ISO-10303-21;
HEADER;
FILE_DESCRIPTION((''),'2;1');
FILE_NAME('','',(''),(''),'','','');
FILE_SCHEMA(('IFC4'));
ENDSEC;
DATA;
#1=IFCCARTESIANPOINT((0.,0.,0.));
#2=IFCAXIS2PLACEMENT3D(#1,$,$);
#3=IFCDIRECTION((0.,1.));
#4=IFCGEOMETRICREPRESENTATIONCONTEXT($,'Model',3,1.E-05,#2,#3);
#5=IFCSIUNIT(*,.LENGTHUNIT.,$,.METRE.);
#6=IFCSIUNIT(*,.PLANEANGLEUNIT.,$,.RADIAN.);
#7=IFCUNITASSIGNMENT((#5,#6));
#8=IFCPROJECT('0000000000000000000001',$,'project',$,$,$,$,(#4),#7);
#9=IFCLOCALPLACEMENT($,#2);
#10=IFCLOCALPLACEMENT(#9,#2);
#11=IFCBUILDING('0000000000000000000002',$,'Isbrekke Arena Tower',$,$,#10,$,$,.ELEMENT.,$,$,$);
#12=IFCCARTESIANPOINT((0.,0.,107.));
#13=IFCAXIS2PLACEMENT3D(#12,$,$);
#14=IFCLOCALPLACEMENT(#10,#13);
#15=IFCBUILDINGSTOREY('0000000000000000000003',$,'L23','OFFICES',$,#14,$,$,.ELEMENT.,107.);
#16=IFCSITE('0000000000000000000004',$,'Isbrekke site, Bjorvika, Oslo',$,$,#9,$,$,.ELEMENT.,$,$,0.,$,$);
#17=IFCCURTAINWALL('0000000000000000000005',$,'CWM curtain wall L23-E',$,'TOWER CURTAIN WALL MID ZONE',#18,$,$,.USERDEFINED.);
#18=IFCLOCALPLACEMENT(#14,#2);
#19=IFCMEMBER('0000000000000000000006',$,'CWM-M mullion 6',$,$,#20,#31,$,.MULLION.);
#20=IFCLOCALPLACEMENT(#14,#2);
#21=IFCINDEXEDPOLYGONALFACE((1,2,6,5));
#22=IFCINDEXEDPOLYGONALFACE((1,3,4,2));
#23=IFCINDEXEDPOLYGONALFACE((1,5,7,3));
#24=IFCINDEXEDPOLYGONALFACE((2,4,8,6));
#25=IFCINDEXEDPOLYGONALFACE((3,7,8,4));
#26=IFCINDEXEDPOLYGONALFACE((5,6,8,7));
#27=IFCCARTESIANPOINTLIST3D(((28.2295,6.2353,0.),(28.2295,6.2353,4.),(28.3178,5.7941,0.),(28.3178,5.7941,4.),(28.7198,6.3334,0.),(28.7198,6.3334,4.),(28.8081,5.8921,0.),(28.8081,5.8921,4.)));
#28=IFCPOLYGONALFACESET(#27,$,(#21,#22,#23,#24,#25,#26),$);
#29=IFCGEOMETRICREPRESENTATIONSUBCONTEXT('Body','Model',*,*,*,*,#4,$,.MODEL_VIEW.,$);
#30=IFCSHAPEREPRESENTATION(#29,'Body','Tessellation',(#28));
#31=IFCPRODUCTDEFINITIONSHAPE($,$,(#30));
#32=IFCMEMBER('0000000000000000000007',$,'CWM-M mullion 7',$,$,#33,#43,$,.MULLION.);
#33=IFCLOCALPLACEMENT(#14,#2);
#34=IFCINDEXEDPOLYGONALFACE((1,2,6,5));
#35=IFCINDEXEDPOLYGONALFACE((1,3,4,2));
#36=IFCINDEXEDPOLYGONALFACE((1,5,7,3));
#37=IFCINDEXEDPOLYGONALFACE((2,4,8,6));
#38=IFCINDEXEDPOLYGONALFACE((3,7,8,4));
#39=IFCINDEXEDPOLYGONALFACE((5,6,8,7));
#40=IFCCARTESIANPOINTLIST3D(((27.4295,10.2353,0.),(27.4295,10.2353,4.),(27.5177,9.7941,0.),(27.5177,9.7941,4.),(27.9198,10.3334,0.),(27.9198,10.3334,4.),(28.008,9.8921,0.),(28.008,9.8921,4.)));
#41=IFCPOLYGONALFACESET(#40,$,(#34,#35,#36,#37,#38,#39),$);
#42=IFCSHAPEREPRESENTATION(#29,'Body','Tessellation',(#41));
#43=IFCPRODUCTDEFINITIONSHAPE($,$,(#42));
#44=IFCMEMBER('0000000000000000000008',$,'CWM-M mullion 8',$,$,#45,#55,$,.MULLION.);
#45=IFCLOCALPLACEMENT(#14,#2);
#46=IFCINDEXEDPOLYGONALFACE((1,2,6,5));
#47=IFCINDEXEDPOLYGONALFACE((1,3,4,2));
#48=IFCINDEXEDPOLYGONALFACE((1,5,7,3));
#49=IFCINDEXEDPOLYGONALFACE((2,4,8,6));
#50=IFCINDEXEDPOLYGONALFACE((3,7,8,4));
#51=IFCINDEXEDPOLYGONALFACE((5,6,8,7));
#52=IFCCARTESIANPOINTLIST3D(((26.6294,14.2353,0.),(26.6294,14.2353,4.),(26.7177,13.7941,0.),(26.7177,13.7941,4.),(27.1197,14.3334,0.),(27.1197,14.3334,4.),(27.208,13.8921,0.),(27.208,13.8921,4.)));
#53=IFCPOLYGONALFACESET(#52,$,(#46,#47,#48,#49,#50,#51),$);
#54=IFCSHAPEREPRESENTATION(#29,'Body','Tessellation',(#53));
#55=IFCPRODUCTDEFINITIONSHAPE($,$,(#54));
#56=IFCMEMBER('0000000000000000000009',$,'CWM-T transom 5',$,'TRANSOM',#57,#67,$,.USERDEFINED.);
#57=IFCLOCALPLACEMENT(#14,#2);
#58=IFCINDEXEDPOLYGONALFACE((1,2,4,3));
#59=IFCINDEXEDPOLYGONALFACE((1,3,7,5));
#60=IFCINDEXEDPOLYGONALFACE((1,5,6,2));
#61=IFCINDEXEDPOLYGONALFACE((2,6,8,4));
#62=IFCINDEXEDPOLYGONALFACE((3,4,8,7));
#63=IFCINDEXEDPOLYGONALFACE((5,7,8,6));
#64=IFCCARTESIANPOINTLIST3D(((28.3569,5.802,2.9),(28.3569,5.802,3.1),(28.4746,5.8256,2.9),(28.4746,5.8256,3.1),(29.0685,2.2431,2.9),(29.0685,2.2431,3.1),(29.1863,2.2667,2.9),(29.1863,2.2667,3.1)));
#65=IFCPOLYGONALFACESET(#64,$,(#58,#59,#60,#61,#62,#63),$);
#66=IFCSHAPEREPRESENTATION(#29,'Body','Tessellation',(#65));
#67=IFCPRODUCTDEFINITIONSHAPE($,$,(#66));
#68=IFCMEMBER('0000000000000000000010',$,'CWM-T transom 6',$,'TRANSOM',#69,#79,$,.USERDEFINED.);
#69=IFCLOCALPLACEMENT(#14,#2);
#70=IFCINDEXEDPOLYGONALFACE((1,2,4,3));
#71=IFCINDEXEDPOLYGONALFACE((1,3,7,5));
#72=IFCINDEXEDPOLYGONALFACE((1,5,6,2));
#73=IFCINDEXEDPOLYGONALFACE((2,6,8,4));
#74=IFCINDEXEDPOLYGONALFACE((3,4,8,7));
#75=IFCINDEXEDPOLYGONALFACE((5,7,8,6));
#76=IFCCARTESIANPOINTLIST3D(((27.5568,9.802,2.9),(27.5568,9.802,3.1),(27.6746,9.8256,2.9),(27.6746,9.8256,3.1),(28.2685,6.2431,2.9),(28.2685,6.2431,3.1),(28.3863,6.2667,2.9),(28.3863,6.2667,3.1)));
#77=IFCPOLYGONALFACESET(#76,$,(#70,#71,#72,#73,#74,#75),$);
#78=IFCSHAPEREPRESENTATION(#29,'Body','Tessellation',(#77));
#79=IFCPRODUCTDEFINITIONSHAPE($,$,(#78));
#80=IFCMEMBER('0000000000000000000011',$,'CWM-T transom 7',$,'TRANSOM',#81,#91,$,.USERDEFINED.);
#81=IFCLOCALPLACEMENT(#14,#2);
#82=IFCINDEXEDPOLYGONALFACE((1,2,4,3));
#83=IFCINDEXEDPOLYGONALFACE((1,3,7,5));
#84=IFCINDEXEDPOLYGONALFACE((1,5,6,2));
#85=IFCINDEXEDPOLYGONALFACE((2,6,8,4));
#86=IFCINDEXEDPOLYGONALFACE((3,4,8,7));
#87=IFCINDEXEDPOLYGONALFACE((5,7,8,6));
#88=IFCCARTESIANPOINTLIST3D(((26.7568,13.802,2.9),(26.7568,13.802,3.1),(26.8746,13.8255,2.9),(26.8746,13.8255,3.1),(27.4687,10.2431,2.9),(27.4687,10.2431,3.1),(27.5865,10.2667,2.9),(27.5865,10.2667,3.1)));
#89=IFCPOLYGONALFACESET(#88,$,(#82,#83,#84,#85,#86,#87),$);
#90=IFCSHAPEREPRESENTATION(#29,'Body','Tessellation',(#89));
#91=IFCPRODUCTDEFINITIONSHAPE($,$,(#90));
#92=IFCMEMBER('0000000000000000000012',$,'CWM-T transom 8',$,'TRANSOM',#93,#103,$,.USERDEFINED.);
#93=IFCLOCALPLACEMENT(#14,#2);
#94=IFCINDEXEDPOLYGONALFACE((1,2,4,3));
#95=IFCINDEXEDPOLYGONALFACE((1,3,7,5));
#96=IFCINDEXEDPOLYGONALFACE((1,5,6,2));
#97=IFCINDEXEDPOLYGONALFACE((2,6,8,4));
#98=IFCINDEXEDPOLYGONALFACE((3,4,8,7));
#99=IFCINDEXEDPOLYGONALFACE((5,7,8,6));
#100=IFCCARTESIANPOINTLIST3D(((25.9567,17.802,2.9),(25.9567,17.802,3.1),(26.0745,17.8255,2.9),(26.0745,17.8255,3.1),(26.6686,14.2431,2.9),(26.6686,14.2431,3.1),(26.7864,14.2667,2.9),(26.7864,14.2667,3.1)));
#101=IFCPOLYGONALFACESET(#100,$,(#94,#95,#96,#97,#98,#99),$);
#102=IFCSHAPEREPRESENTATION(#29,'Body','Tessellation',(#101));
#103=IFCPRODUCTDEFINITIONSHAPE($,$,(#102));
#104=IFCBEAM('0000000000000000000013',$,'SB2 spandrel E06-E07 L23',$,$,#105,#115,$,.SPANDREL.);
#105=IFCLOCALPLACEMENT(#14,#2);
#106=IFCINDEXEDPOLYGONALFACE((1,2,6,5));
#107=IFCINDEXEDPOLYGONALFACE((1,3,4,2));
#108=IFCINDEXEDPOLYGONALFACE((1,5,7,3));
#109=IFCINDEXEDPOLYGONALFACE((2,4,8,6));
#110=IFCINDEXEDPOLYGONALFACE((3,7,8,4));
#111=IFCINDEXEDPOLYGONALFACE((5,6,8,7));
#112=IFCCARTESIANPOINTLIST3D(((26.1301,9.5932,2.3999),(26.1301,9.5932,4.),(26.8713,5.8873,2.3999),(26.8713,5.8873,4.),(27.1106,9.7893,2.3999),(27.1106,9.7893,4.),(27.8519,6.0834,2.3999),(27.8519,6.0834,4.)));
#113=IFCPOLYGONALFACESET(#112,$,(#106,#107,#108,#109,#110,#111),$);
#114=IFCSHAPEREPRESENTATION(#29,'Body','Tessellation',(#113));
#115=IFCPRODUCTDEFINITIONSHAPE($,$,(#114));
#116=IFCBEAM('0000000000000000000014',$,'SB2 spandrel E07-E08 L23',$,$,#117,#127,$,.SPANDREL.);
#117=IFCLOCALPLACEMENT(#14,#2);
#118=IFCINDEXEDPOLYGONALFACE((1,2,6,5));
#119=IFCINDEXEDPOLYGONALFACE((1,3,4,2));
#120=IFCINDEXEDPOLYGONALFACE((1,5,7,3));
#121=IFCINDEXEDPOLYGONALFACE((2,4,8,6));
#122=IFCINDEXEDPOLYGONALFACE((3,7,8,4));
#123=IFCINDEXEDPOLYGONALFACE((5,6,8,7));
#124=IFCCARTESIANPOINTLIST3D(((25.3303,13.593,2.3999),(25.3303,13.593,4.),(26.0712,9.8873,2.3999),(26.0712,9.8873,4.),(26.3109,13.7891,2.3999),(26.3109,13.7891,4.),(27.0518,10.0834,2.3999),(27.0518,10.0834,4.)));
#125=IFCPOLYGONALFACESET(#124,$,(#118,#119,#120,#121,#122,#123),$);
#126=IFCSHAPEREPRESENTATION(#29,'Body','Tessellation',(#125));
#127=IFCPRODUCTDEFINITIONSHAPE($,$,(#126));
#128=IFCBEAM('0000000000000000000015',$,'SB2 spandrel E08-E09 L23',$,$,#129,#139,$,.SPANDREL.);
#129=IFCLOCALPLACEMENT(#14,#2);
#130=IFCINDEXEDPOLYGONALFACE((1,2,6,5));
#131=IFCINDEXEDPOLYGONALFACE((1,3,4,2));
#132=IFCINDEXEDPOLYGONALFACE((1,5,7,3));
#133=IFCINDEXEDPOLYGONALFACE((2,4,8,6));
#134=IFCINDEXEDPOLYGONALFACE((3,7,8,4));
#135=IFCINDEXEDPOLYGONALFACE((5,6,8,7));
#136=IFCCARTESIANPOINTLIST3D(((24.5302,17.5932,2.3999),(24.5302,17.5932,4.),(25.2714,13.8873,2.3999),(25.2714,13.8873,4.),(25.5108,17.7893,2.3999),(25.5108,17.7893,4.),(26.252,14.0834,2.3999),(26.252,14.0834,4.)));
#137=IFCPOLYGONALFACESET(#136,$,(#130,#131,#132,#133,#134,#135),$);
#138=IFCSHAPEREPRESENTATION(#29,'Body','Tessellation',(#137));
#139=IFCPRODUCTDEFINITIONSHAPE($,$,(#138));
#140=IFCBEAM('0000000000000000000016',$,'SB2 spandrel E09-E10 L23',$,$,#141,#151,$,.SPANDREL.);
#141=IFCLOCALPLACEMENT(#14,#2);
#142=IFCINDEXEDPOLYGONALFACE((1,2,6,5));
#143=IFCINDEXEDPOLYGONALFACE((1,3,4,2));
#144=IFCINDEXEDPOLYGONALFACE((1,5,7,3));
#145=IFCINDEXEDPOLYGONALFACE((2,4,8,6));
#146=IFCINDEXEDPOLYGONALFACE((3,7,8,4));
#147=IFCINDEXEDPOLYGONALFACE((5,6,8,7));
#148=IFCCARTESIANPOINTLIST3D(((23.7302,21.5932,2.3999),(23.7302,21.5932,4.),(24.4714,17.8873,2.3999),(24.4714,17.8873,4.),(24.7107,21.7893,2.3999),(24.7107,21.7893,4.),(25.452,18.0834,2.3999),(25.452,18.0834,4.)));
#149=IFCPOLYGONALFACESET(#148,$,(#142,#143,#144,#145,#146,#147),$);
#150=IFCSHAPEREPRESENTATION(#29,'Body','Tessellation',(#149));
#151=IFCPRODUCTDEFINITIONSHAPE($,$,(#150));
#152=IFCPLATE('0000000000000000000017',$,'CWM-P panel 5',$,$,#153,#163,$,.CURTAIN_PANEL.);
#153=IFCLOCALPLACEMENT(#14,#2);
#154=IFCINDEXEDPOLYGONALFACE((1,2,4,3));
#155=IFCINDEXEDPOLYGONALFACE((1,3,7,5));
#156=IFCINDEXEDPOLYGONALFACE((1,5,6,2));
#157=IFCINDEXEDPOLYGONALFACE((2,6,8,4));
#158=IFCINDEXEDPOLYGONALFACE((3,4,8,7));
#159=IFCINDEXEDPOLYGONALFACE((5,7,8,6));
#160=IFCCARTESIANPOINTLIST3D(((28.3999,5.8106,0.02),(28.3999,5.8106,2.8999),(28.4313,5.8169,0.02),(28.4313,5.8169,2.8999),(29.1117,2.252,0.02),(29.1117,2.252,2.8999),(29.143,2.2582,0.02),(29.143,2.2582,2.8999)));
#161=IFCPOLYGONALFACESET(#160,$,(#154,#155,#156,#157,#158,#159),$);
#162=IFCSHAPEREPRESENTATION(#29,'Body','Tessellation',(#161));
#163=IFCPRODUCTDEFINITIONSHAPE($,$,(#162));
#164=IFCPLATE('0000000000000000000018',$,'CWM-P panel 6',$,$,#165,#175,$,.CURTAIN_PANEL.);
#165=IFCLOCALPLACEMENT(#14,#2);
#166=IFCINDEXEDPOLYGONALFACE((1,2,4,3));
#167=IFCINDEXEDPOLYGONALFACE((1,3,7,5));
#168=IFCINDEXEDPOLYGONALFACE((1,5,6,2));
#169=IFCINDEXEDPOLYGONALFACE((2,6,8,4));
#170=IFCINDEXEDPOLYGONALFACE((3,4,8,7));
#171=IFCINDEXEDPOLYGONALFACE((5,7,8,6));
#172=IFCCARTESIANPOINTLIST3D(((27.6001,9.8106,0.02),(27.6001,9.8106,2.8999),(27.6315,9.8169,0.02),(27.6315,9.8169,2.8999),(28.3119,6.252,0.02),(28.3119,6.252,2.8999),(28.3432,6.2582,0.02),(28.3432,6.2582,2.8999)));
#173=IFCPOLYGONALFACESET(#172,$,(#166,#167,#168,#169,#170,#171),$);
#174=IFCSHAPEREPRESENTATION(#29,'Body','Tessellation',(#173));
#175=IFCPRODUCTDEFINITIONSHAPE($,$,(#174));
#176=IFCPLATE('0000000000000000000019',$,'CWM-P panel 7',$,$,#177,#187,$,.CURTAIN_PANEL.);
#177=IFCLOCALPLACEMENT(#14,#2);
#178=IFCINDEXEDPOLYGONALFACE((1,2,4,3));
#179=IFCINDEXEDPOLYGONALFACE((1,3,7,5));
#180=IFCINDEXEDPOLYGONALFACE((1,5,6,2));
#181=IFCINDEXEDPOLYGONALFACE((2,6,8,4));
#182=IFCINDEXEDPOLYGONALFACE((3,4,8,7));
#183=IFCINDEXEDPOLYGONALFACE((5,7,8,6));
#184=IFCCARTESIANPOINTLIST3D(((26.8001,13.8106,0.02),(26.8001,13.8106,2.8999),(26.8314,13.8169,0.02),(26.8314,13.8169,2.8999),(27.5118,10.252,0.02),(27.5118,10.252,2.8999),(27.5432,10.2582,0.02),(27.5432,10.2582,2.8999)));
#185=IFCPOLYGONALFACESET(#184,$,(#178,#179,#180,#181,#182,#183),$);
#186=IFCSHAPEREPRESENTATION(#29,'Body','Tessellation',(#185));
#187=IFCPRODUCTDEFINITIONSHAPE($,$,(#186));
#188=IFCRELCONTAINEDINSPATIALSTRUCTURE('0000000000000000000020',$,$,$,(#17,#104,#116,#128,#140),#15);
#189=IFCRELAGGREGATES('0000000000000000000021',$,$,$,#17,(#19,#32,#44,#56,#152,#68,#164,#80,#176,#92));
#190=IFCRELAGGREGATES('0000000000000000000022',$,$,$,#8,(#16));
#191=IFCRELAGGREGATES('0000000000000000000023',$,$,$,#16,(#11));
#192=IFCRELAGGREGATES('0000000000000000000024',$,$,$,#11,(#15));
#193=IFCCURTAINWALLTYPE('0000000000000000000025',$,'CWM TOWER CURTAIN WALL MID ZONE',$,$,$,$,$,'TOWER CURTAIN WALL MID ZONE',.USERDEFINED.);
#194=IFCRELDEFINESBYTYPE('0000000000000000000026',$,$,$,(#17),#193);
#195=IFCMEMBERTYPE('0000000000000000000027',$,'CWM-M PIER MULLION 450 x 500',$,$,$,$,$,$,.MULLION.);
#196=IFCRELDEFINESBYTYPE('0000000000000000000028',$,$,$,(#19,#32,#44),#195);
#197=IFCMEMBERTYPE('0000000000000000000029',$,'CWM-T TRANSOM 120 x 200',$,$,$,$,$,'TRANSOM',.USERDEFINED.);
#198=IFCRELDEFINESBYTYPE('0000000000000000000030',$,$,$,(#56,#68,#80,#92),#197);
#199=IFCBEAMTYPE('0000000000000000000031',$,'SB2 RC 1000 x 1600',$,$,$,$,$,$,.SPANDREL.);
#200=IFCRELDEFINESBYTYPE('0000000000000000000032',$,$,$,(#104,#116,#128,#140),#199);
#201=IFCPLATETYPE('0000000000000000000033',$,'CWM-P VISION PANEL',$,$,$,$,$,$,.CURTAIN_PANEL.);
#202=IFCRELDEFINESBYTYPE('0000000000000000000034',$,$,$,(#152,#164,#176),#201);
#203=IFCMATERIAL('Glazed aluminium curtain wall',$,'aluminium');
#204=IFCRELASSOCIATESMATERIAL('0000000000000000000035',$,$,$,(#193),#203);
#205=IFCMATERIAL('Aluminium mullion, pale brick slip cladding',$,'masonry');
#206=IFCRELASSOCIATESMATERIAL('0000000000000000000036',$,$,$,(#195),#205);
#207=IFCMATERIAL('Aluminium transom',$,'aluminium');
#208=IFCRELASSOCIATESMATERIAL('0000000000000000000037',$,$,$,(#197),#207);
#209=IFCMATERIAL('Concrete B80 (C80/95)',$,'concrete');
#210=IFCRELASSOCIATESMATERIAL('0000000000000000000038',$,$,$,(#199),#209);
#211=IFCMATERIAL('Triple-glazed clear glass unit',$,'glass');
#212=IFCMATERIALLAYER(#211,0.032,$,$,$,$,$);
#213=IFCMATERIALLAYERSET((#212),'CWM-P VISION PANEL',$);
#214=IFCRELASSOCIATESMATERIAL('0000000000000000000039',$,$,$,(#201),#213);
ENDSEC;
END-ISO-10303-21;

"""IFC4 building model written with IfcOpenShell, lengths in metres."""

from ifc_helpers import new_model, si_unit, direction, frame, origin, origin_2d, place, context, subcontext, project, spatial, rectangle, extrude, material, layer, layer_set, material_profile, profile_set, type_object, element, aggregate, save


model = new_model("IFC4")

# Units and contexts
model_context = context("Model", 3, precision=1e-05, world=origin(), true_north=direction((0.0, 1.0)))
body_context = subcontext(model_context, "Body", "Model", "MODEL_VIEW")
ifc_project = project(units=[si_unit("LENGTHUNIT", "METRE"), si_unit("PLANEANGLEUNIT", "RADIAN")], contexts=[model_context])

# Site, building, storey
site_placement = place(None, origin())
site = spatial("IfcSite", under=ifc_project, at=site_placement, Name="Isbrekke site, Bjorvika, Oslo", CompositionType="ELEMENT", RefElevation=0.0)
building_placement = place(site_placement, origin())
building = spatial("IfcBuilding", under=site, at=building_placement, Name="Isbrekke Arena Tower", CompositionType="ELEMENT")
storey_placement = place(building_placement, frame((0.0, 0.0, 107.0)))
storey = spatial("IfcBuildingStorey", under=building, at=storey_placement, Name="L23", Description="OFFICES", CompositionType="ELEMENT", Elevation=107.0)

# Curtain wall, members
ifc_material_1 = material(Name="Glazed aluminium curtain wall", Category="aluminium")
curtain_wall_type = type_object("IfcCurtainWallType", Name="CWM TOWER CURTAIN WALL MID ZONE", ElementType="TOWER CURTAIN WALL MID ZONE", PredefinedType="USERDEFINED", material=ifc_material_1)
curtain_wall_placement = place(storey_placement, origin())
curtain_wall = element("IfcCurtainWall", 1, at=curtain_wall_placement, inside=storey, type_object=curtain_wall_type, Name="CWM curtain wall L23-E", ObjectType="TOWER CURTAIN WALL MID ZONE", PredefinedType="USERDEFINED")
ifc_material_2 = material(Name="Aluminium mullion, pale brick slip cladding", Category="masonry")
ifc_material_profile_1 = material_profile(ifc_material_2, rectangle(XDim=0.45, YDim=0.5, at=origin_2d()), Name="PIER 450X500")
ifc_profile_set_1 = profile_set([ifc_material_profile_1], Name="Aluminium mullion, pale brick slip cladding")
member_type_1 = type_object("IfcMemberType", Name="CWM-M PIER MULLION 450 x 500", PredefinedType="MULLION", material=ifc_profile_set_1)
member_1_placement = place(storey_placement, frame((28.5188, 6.0637, 0.0), z_axis=(0.0, 0.0, 1.0), x_axis=(-0.196116, 0.980581, 0.0)))
member_1 = element("IfcMember", 2, at=member_1_placement, type_object=member_type_1, Name="CWM-M mullion 6", PredefinedType="MULLION", context=body_context, shape_type="SweptSolid", body=[
    extrude(rectangle(XDim=0.45, YDim=0.5, at=origin_2d()), origin(), (0.0, 0.0, 1.0), 4.0),
])
member_2_placement = place(storey_placement, frame((27.7188, 10.0637, 0.0), z_axis=(0.0, 0.0, 1.0), x_axis=(-0.196116, 0.980581, 0.0)))
member_2 = element("IfcMember", 3, at=member_2_placement, type_object=member_type_1, Name="CWM-M mullion 7", PredefinedType="MULLION", context=body_context, shape_type="SweptSolid", body=[
    extrude(rectangle(XDim=0.45, YDim=0.5, at=origin_2d()), origin(), (0.0, 0.0, 1.0), 4.0),
])
member_3_placement = place(storey_placement, frame((26.9187, 14.0637, 0.0), z_axis=(0.0, 0.0, 1.0), x_axis=(-0.196116, 0.980581, 0.0)))
member_3 = element("IfcMember", 4, at=member_3_placement, type_object=member_type_1, Name="CWM-M mullion 8", PredefinedType="MULLION", context=body_context, shape_type="SweptSolid", body=[
    extrude(rectangle(XDim=0.45, YDim=0.5, at=origin_2d()), origin(), (0.0, 0.0, 1.0), 4.0),
])
ifc_material_3 = material(Name="Aluminium transom", Category="aluminium")
ifc_material_profile_2 = material_profile(ifc_material_3, rectangle(XDim=0.1201, YDim=0.2, at=origin_2d()), Name="TRANSOM 120X200")
ifc_profile_set_2 = profile_set([ifc_material_profile_2], Name="Aluminium transom")
member_type_2 = type_object("IfcMemberType", Name="CWM-T TRANSOM 120 x 200", ElementType="TRANSOM", PredefinedType="USERDEFINED", material=ifc_profile_set_2)
member_4_placement = place(storey_placement, frame((29.1274, 2.2549, 3.0), z_axis=(-0.19609, 0.980586, 0.0), x_axis=(-0.980586, -0.19609, 0.0)))
member_4 = element("IfcMember", 5, at=member_4_placement, type_object=member_type_2, Name="CWM-T transom 5", ObjectType="TRANSOM", PredefinedType="USERDEFINED", context=body_context, shape_type="SweptSolid", body=[
    extrude(rectangle(XDim=0.1201, YDim=0.2, at=origin_2d()), origin(), (0.0, 0.0, 1.0), 3.6294),
])
member_5_placement = place(storey_placement, frame((28.3274, 6.2549, 3.0), z_axis=(-0.19609, 0.980586, 0.0), x_axis=(-0.980586, -0.19609, 0.0)))
member_5 = element("IfcMember", 6, at=member_5_placement, type_object=member_type_2, Name="CWM-T transom 6", ObjectType="TRANSOM", PredefinedType="USERDEFINED", context=body_context, shape_type="SweptSolid", body=[
    extrude(rectangle(XDim=0.1201, YDim=0.2, at=origin_2d()), origin(), (0.0, 0.0, 1.0), 3.6294),
])
member_6_placement = place(storey_placement, frame((27.5276, 10.2549, 3.0), z_axis=(-0.196155, 0.980573, 0.0), x_axis=(-0.980573, -0.196155, 0.0)))
member_6 = element("IfcMember", 7, at=member_6_placement, type_object=member_type_2, Name="CWM-T transom 7", ObjectType="TRANSOM", PredefinedType="USERDEFINED", context=body_context, shape_type="SweptSolid", body=[
    extrude(rectangle(XDim=0.1201, YDim=0.2, at=origin_2d()), origin(), (0.0, 0.0, 1.0), 3.6294),
])
member_7_placement = place(storey_placement, frame((26.7275, 14.2549, 3.0), z_axis=(-0.196155, 0.980573, 0.0), x_axis=(-0.980573, -0.196155, 0.0)))
member_7 = element("IfcMember", 8, at=member_7_placement, type_object=member_type_2, Name="CWM-T transom 8", ObjectType="TRANSOM", PredefinedType="USERDEFINED", context=body_context, shape_type="SweptSolid", body=[
    extrude(rectangle(XDim=0.1201, YDim=0.2, at=origin_2d()), origin(), (0.0, 0.0, 1.0), 3.6294),
])

# Beams
ifc_material_4 = material(Name="Concrete B80 (C80/95)", Category="concrete")
ifc_material_profile_3 = material_profile(ifc_material_4, rectangle(XDim=1.0, YDim=1.6001, at=origin_2d()), Name="RC 1000x1600")
ifc_profile_set_3 = profile_set([ifc_material_profile_3], Name="Concrete B80 (C80/95)")
beam_type_1 = type_object("IfcBeamType", Name="SB2 RC 1000 x 1600", PredefinedType="SPANDREL", material=ifc_profile_set_3)
beam_1_placement = place(storey_placement, frame((27.3616, 5.9854, 3.2), z_axis=(-0.196129, 0.980578, 0.0), x_axis=(-0.980578, -0.196129, 0.0)))
element("IfcBeam", 9, at=beam_1_placement, inside=storey, type_object=beam_type_1, Name="SB2 spandrel E06-E07 L23", PredefinedType="SPANDREL", context=body_context, shape_type="SweptSolid", body=[
    extrude(rectangle(XDim=1.0, YDim=1.6001, at=origin_2d()), origin(), (0.0, 0.0, 1.0), 3.7793),
])
beam_2_placement = place(storey_placement, frame((26.5615, 9.9854, 3.2), z_axis=(-0.196066, 0.980591, 0.0), x_axis=(-0.980591, -0.196066, 0.0)))
element("IfcBeam", 10, at=beam_2_placement, inside=storey, type_object=beam_type_1, Name="SB2 spandrel E07-E08 L23", PredefinedType="SPANDREL", context=body_context, shape_type="SweptSolid", body=[
    extrude(rectangle(XDim=1.0, YDim=1.6001, at=origin_2d()), origin(), (0.0, 0.0, 1.0), 3.7791),
])
for number, where, z_axis, x_axis, name in (
    (11, (25.7617, 13.9854, 3.2), (-0.196129, 0.980578, 0.0), (-0.980578, -0.196129, 0.0), "SB2 spandrel E08-E09 L23"),
    (12, (24.9617, 17.9854, 3.2), (-0.196129, 0.980578, 0.0), (-0.980578, -0.196129, 0.0), "SB2 spandrel E09-E10 L23"),
):
    element("IfcBeam", number, at=place(storey_placement, frame(where, z_axis=z_axis, x_axis=x_axis)), inside=storey, type_object=beam_type_1, Name=name, PredefinedType="SPANDREL", context=body_context, shape_type="SweptSolid", body=[
        extrude(rectangle(XDim=1.0, YDim=1.6001, at=origin_2d()), origin(), (0.0, 0.0, 1.0), 3.7793),
    ])

# Plates
ifc_material_5 = material(Name="Triple-glazed clear glass unit", Category="glass")
ifc_layer_1 = layer(ifc_material_5, 0.032)
ifc_layer_set_1 = layer_set([ifc_layer_1], Name="CWM-P VISION PANEL")
plate_type = type_object("IfcPlateType", Name="CWM-P VISION PANEL", PredefinedType="CURTAIN_PANEL", material=ifc_layer_set_1)
plate_1_placement = place(storey_placement, frame((28.7715, 4.0344, 0.02), z_axis=(0.0, 0.0, 1.0), x_axis=(-0.196116, 0.980581, 0.0)))
plate_1 = element("IfcPlate", 13, at=plate_1_placement, type_object=plate_type, Name="CWM-P panel 5", PredefinedType="CURTAIN_PANEL", context=body_context, shape_type="SweptSolid", body=[
    extrude(rectangle(XDim=3.6292, YDim=0.032, at=origin_2d()), origin(), (0.0, 0.0, 1.0), 2.8799),
])
plate_2_placement = place(storey_placement, frame((27.9717, 8.0344, 0.02), z_axis=(0.0, 0.0, 1.0), x_axis=(-0.196116, 0.980581, 0.0)))
plate_2 = element("IfcPlate", 14, at=plate_2_placement, type_object=plate_type, Name="CWM-P panel 6", PredefinedType="CURTAIN_PANEL", context=body_context, shape_type="SweptSolid", body=[
    extrude(rectangle(XDim=3.6292, YDim=0.032, at=origin_2d()), origin(), (0.0, 0.0, 1.0), 2.8799),
])
plate_3_placement = place(storey_placement, frame((27.1716, 12.0344, 0.02), z_axis=(0.0, 0.0, 1.0), x_axis=(-0.196116, 0.980581, 0.0)))
plate_3 = element("IfcPlate", 15, at=plate_3_placement, type_object=plate_type, Name="CWM-P panel 7", PredefinedType="CURTAIN_PANEL", context=body_context, shape_type="SweptSolid", body=[
    extrude(rectangle(XDim=3.6292, YDim=0.032, at=origin_2d()), origin(), (0.0, 0.0, 1.0), 2.8799),
])
aggregate(curtain_wall, [member_1, member_2, member_3, member_4, plate_1, member_5, plate_2, member_6, plate_3, member_7])

save(model, "model.ifc")
